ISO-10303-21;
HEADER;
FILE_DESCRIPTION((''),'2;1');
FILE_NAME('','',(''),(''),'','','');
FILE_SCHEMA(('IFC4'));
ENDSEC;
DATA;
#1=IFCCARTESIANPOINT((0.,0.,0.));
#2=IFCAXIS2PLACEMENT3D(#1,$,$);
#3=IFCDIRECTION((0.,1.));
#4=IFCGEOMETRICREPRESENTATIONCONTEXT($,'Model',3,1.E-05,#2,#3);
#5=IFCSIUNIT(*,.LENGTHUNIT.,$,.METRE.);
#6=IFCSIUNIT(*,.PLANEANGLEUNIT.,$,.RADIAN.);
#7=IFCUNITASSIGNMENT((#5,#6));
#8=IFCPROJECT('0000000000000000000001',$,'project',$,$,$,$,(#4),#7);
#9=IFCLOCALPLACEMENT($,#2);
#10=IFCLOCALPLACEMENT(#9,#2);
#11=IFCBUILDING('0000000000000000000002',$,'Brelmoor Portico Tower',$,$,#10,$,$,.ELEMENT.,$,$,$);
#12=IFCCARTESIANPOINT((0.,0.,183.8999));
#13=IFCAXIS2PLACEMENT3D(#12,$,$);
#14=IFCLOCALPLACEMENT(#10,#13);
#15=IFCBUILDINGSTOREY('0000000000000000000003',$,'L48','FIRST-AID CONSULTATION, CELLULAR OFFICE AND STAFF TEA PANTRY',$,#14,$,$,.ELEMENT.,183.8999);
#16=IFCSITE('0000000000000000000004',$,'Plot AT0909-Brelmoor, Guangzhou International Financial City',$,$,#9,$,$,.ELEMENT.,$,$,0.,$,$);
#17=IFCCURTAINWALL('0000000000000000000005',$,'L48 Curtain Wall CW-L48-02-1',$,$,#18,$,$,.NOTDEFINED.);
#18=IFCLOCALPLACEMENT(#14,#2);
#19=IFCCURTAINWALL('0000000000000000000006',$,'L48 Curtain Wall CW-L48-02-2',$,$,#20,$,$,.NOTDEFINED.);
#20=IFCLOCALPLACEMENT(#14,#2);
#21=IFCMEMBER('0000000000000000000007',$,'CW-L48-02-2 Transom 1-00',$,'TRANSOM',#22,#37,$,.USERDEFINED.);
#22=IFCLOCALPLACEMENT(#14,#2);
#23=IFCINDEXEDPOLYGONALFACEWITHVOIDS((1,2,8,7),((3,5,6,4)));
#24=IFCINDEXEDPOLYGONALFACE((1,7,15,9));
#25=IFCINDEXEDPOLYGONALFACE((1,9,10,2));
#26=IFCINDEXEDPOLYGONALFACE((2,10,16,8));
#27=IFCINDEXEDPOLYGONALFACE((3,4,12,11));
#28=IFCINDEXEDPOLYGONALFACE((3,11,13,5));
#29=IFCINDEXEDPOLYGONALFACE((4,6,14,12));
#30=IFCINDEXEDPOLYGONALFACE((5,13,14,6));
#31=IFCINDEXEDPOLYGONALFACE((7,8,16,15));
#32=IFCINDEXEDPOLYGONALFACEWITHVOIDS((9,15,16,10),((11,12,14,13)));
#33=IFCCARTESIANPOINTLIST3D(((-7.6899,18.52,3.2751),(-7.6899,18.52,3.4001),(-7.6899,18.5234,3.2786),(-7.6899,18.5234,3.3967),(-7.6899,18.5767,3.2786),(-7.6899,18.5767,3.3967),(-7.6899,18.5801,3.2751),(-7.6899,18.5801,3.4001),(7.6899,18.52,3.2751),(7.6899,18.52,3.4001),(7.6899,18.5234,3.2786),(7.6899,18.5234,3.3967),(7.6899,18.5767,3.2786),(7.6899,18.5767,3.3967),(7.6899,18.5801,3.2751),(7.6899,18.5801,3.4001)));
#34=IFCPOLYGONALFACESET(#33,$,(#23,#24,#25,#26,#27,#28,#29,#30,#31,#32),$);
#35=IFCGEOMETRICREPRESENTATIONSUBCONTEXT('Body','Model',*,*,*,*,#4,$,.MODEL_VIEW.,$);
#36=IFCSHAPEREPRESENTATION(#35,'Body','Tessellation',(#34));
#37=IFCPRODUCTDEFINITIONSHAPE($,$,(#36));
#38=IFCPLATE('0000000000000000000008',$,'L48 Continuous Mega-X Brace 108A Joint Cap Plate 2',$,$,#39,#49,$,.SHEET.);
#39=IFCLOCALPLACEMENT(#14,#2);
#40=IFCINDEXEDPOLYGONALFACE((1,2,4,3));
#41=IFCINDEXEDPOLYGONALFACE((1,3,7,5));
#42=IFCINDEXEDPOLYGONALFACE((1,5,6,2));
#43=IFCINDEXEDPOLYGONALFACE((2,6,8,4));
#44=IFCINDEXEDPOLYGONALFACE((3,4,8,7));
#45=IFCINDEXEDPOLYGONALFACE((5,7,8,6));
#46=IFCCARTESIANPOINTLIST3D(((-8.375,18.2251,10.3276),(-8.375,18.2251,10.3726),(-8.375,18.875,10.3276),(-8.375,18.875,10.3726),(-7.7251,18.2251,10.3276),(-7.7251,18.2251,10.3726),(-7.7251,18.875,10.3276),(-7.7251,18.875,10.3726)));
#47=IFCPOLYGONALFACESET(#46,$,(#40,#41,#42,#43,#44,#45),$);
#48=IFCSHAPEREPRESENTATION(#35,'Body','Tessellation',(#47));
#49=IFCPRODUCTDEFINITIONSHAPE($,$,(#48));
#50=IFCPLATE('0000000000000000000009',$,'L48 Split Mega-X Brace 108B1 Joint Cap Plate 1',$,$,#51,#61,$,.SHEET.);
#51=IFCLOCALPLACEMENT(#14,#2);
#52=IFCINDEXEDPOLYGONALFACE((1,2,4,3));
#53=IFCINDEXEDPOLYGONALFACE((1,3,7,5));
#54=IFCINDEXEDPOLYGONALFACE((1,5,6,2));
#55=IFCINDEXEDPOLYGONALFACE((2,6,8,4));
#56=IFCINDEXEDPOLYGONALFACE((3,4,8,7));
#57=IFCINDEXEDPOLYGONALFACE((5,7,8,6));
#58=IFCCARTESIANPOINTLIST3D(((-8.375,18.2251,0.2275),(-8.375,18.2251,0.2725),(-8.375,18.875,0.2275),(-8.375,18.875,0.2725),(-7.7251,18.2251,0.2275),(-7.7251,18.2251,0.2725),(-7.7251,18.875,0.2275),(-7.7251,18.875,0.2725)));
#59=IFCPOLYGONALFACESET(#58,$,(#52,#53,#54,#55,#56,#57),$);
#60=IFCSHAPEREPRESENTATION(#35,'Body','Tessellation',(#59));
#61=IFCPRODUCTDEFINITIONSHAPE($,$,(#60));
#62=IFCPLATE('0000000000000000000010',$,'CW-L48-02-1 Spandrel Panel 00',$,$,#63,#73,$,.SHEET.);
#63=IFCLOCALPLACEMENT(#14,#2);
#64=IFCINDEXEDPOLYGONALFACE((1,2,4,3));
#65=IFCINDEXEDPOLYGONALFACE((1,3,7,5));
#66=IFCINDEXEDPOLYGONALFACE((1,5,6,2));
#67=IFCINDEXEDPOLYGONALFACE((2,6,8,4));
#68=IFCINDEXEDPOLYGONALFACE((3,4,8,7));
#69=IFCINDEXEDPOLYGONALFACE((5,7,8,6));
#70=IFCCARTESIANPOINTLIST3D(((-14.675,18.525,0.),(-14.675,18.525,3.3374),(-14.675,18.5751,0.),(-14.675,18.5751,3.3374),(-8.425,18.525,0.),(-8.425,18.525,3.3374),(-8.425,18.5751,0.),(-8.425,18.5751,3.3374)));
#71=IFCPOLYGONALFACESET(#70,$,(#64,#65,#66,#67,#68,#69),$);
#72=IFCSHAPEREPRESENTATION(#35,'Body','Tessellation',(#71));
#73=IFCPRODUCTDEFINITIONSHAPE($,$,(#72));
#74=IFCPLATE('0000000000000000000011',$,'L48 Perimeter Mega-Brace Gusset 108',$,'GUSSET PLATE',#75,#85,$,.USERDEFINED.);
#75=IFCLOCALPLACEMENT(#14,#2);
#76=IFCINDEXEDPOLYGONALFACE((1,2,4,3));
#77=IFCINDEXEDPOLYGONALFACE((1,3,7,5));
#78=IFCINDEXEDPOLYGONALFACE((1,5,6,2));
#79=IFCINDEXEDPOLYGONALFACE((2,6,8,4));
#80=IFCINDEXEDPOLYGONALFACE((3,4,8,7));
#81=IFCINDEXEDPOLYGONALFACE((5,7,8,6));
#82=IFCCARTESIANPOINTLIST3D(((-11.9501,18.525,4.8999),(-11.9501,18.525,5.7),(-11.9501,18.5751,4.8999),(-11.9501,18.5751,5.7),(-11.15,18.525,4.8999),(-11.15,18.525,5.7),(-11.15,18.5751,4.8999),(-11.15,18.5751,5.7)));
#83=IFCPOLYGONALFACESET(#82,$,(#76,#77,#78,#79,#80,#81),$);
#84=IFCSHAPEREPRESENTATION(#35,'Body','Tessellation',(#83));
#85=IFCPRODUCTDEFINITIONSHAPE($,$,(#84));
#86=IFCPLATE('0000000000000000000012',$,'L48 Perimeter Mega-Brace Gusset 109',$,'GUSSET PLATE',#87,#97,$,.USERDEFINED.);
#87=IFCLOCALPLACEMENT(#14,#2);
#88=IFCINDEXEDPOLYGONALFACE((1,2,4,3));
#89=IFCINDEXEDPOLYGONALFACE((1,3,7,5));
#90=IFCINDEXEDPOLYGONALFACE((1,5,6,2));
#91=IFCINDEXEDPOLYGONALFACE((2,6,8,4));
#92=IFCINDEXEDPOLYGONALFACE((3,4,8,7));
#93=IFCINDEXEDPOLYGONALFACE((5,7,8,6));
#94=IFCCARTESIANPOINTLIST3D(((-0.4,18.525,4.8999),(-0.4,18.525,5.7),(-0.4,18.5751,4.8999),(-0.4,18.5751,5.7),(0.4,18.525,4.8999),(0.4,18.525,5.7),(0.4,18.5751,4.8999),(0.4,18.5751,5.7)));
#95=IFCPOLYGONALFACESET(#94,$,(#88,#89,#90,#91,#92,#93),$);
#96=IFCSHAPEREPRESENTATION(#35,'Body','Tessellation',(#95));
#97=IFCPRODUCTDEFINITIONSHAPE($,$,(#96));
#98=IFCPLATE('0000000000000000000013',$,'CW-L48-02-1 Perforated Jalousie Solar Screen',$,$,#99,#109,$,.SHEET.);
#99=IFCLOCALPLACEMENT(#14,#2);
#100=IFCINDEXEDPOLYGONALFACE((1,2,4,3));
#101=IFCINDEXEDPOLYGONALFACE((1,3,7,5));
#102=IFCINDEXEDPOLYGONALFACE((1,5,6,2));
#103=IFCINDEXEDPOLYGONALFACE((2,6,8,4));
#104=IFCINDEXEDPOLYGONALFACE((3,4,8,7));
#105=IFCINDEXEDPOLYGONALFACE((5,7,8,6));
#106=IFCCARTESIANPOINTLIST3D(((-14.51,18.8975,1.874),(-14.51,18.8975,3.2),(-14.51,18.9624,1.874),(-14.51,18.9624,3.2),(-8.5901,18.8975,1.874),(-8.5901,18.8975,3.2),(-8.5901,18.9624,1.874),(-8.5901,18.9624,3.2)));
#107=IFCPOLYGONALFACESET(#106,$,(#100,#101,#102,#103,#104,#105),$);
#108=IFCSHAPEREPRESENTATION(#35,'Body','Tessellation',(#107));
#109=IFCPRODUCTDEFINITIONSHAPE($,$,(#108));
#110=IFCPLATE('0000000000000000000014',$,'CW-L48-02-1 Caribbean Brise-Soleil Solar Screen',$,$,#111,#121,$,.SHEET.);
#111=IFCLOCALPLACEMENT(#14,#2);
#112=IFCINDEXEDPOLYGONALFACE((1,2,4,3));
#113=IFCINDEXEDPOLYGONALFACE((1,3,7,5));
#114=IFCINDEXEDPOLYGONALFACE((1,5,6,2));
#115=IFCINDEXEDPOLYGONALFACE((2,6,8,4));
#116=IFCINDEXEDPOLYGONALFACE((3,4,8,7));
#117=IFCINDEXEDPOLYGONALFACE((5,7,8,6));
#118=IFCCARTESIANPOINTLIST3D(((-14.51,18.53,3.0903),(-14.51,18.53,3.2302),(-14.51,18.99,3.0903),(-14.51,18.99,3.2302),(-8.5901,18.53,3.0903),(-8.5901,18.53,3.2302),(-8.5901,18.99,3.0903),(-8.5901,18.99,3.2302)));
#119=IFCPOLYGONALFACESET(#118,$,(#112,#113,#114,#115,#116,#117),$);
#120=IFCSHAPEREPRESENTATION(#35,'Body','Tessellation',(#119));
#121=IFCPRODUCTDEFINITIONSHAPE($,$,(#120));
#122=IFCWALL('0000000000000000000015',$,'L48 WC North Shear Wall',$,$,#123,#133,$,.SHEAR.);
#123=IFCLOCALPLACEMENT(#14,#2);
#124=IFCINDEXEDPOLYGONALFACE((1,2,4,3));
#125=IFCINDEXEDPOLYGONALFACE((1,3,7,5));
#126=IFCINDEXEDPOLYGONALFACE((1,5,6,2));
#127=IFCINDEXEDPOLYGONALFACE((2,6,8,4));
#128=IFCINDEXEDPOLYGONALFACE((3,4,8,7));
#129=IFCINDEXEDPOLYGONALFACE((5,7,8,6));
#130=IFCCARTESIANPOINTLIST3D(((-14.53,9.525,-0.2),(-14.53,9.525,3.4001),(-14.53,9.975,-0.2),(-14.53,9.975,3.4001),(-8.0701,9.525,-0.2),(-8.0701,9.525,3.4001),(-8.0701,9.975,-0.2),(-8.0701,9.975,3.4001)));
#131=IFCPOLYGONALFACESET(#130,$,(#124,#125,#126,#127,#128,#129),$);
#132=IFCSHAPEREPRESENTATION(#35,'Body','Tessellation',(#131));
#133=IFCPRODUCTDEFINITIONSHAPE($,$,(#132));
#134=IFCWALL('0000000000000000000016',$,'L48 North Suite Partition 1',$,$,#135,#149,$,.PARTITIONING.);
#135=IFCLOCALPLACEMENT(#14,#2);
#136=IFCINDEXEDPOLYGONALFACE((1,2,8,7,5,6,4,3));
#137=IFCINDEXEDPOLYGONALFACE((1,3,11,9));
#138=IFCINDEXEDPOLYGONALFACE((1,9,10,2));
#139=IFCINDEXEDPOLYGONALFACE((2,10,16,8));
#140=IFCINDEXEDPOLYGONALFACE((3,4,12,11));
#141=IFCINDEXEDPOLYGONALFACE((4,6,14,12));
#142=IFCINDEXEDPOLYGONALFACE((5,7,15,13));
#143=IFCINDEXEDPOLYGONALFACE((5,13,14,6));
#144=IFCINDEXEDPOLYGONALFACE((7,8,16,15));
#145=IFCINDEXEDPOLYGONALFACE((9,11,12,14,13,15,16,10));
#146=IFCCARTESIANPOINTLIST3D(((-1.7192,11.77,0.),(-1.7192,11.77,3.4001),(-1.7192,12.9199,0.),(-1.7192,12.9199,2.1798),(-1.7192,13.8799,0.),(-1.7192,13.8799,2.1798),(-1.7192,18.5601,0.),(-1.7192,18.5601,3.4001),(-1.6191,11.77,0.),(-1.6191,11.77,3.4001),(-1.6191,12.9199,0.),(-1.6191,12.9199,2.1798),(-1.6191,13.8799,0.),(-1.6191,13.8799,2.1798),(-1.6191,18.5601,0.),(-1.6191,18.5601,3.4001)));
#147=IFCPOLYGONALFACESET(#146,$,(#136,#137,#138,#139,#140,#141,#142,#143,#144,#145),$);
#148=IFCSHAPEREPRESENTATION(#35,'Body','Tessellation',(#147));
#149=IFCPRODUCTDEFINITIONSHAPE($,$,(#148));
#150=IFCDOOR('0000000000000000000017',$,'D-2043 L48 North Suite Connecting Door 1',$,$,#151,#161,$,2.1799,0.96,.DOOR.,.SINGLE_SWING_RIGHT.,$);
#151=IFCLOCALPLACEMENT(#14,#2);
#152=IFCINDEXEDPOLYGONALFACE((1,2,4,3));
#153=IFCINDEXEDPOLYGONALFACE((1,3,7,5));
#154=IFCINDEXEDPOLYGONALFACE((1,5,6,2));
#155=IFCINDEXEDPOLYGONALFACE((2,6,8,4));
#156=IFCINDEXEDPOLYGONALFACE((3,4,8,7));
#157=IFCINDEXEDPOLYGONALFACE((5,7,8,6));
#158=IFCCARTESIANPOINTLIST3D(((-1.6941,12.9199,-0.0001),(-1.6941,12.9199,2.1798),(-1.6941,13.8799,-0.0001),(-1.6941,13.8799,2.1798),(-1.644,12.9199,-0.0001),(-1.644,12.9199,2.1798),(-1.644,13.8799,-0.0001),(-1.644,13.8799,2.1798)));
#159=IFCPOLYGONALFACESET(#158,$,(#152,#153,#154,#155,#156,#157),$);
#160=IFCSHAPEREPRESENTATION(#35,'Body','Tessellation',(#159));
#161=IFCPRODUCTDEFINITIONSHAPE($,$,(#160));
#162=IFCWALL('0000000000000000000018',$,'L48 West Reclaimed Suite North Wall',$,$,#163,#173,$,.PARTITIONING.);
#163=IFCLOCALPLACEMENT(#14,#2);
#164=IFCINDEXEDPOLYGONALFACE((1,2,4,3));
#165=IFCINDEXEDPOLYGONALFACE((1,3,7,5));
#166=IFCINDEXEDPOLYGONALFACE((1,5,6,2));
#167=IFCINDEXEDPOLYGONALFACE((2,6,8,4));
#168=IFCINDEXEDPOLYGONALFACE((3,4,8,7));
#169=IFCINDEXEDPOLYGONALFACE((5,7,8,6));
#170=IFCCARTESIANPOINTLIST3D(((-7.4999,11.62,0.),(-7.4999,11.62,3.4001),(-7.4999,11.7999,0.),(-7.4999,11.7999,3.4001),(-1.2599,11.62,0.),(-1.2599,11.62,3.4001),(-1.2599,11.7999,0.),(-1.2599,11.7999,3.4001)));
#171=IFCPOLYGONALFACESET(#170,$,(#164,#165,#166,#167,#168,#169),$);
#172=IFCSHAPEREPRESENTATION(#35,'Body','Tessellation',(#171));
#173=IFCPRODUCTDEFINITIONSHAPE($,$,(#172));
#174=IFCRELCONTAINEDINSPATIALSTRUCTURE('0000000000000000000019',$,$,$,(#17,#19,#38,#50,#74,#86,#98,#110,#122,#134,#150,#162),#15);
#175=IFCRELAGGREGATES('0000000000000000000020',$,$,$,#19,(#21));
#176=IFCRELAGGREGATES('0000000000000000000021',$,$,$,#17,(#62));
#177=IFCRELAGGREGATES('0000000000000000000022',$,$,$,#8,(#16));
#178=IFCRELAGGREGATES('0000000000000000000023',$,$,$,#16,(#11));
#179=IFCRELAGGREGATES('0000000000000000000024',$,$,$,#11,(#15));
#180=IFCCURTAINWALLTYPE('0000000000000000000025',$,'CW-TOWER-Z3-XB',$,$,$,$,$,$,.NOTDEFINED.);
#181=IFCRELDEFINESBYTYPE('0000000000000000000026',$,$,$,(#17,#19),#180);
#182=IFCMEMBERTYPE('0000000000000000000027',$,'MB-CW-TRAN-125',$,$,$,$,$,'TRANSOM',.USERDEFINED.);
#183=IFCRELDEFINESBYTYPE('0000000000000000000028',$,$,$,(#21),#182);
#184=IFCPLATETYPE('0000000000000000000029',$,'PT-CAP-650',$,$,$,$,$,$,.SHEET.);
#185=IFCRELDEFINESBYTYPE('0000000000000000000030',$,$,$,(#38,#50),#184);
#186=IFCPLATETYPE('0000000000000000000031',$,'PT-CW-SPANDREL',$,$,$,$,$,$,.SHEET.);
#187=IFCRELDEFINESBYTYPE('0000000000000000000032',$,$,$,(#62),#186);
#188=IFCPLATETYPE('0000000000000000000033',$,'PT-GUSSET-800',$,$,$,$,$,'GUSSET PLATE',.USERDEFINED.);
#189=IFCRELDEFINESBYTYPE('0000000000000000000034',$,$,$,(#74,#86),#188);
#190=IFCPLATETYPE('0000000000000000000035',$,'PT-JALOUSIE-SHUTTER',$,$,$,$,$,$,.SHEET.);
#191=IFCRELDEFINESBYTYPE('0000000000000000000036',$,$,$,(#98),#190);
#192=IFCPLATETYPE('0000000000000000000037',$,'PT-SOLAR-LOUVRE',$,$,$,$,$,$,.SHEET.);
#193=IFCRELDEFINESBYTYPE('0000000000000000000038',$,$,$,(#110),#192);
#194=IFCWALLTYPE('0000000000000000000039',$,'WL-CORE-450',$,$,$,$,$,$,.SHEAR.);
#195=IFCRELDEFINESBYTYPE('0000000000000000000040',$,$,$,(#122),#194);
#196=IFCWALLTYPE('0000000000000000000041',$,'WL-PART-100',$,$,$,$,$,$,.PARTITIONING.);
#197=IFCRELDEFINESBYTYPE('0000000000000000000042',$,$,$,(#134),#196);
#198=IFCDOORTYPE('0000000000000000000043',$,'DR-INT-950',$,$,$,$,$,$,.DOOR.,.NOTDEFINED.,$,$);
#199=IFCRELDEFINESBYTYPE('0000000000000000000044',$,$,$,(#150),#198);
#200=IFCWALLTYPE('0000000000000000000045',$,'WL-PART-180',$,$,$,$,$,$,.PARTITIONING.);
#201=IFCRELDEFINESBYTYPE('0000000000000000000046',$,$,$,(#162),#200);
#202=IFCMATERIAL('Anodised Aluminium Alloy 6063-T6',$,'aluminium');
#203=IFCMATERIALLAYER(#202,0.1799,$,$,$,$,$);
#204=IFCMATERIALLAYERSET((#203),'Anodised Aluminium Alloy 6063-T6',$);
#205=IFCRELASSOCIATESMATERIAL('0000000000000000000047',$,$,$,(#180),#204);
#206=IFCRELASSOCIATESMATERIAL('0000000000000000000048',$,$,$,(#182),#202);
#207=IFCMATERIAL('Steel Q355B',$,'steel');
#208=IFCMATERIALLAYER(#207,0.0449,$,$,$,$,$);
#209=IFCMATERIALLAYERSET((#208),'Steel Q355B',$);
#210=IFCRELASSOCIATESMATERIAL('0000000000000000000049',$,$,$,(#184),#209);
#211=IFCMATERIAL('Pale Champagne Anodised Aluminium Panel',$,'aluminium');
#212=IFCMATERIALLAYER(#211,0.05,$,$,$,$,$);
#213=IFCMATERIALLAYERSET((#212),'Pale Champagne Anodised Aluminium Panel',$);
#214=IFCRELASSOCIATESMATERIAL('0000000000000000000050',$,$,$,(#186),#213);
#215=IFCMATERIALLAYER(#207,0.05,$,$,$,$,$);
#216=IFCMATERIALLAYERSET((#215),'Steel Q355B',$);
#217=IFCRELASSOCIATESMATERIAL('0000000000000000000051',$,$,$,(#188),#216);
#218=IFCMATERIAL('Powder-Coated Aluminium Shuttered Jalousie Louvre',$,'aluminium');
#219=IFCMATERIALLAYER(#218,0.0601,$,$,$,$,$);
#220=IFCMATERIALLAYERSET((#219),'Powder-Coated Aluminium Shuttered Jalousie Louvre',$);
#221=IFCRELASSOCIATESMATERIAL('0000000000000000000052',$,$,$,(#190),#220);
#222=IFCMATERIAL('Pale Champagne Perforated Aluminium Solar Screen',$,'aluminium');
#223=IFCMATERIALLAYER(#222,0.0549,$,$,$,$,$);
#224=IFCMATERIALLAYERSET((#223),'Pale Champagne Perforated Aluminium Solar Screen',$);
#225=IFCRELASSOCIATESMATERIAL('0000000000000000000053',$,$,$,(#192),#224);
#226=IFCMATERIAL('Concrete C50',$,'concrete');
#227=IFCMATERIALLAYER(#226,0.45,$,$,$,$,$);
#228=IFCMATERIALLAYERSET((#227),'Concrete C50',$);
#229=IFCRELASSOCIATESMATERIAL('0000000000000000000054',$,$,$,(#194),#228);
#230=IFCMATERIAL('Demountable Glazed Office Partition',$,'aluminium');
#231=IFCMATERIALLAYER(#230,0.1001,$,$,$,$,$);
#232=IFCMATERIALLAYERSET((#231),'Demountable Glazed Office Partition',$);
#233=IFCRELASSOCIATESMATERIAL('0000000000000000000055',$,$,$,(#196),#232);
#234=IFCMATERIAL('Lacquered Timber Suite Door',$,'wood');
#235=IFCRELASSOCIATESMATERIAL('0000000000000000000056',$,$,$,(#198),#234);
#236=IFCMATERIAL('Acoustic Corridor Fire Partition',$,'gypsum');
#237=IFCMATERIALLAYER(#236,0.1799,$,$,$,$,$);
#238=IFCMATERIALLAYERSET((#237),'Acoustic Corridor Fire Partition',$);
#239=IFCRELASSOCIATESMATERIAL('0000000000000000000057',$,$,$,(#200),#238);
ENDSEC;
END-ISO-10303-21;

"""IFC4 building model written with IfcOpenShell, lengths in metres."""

from ifc_helpers import new_model, si_unit, direction, frame, frame_2d, origin, origin_2d, place, context, subcontext, project, spatial, rectangle, hollow_rectangle, extrude, material, layer, layer_set, material_profile, profile_set, type_object, element, fill, aggregate, save


model = new_model("IFC4")

# Units and contexts
model_context = context("Model", 3, precision=1e-05, world=origin(), true_north=direction((0.0, 1.0)))
body_context = subcontext(model_context, "Body", "Model", "MODEL_VIEW")
ifc_project = project(units=[si_unit("LENGTHUNIT", "METRE"), si_unit("PLANEANGLEUNIT", "RADIAN")], contexts=[model_context])

# Site, building, storey
site_placement = place(None, origin())
site = spatial("IfcSite", under=ifc_project, at=site_placement, Name="Plot AT0909-Brelmoor, Guangzhou International Financial City", CompositionType="ELEMENT", RefElevation=0.0)
building_placement = place(site_placement, origin())
building = spatial("IfcBuilding", under=site, at=building_placement, Name="Brelmoor Portico Tower", CompositionType="ELEMENT")
storey_placement = place(building_placement, frame((0.0, 0.0, 183.8999)))
storey = spatial("IfcBuildingStorey", under=building, at=storey_placement, Name="L48", Description="FIRST-AID CONSULTATION, CELLULAR OFFICE AND STAFF TEA PANTRY", CompositionType="ELEMENT", Elevation=183.8999)

# Shared definitions
ifc_material_1 = material(Name="Steel Q355B", Category="steel")

# Curtain wall
ifc_material_2 = material(Name="Anodised Aluminium Alloy 6063-T6", Category="aluminium")
ifc_layer_1 = layer(ifc_material_2, 0.1799)
ifc_layer_set_1 = layer_set([ifc_layer_1], Name="Anodised Aluminium Alloy 6063-T6")
curtain_wall_type = type_object("IfcCurtainWallType", Name="CW-TOWER-Z3-XB", PredefinedType="NOTDEFINED", material=ifc_layer_set_1)
curtain_wall_1_placement = place(storey_placement, origin())
curtain_wall_1 = element("IfcCurtainWall", 1, at=curtain_wall_1_placement, inside=storey, type_object=curtain_wall_type, Name="L48 Curtain Wall CW-L48-02-1", PredefinedType="NOTDEFINED")

# Curtain wall, member
curtain_wall_2_placement = place(storey_placement, origin())
curtain_wall_2 = element("IfcCurtainWall", 2, at=curtain_wall_2_placement, inside=storey, type_object=curtain_wall_type, Name="L48 Curtain Wall CW-L48-02-2", PredefinedType="NOTDEFINED")
ifc_material_profile_1 = material_profile(ifc_material_2, hollow_rectangle(XDim=0.0601, YDim=0.125, WallThickness=0.0034, at=origin_2d()), Name="ALU TRANSOM 60x125")
ifc_profile_set_1 = profile_set([ifc_material_profile_1], Name="Anodised Aluminium Alloy 6063-T6")
member_type_1 = type_object("IfcMemberType", Name="MB-CW-TRAN-125", ElementType="TRANSOM", PredefinedType="USERDEFINED", material=ifc_profile_set_1)
member_1_placement = place(storey_placement, frame((-7.6899, 18.55, 3.3376), z_axis=(1.0, 0.0, 0.0), x_axis=(0.0, 1.0, 0.0)))
member_1 = element("IfcMember", 3, at=member_1_placement, type_object=member_type_1, Name="CW-L48-02-2 Transom 1-00", ObjectType="TRANSOM", PredefinedType="USERDEFINED", context=body_context, shape_type="SweptSolid", body=[
    extrude(hollow_rectangle(XDim=0.0601, YDim=0.125, WallThickness=0.0034, at=origin_2d()), origin(), (0.0, 0.0, 1.0), 15.3799),
])
aggregate(curtain_wall_2, [member_1])

# Plates
ifc_layer_2 = layer(ifc_material_1, 0.0449)
ifc_layer_set_2 = layer_set([ifc_layer_2], Name="Steel Q355B")
plate_type_1 = type_object("IfcPlateType", Name="PT-CAP-650", PredefinedType="SHEET", material=ifc_layer_set_2)
for number, where, z_axis, x_axis, name in (
    (4, (-8.05, 18.55, 10.3276), (0.0, 0.0, 1.0), (1.0, 0.0, 0.0), "L48 Continuous Mega-X Brace 108A Joint Cap Plate 2"),
    (5, (-8.05, 18.55, 0.2275), (0.0, 0.0, 1.0), (1.0, 0.0, 0.0), "L48 Split Mega-X Brace 108B1 Joint Cap Plate 1"),
):
    element("IfcPlate", number, at=place(storey_placement, frame(where, z_axis=z_axis, x_axis=x_axis)), inside=storey, type_object=plate_type_1, Name=name, PredefinedType="SHEET", context=body_context, shape_type="SweptSolid", body=[
        extrude(rectangle(XDim=0.6499, YDim=0.6499, at=origin_2d()), origin(), (0.0, 0.0, 1.0), 0.0449),
    ])

# Plate
ifc_material_3 = material(Name="Pale Champagne Anodised Aluminium Panel", Category="aluminium")
ifc_layer_3 = layer(ifc_material_3, 0.05)
ifc_layer_set_3 = layer_set([ifc_layer_3], Name="Pale Champagne Anodised Aluminium Panel")
plate_type_2 = type_object("IfcPlateType", Name="PT-CW-SPANDREL", PredefinedType="SHEET", material=ifc_layer_set_3)
plate_1_placement = place(storey_placement, frame((-11.55, 18.55, 0.0), z_axis=(0.0, 0.0, 1.0), x_axis=(1.0, 0.0, 0.0)))
plate_1 = element("IfcPlate", 6, at=plate_1_placement, type_object=plate_type_2, Name="CW-L48-02-1 Spandrel Panel 00", PredefinedType="SHEET", context=body_context, shape_type="SweptSolid", body=[
    extrude(rectangle(XDim=6.25, YDim=0.05, at=origin_2d()), origin(), (0.0, 0.0, 1.0), 3.3374),
])
aggregate(curtain_wall_1, [plate_1])

# Plates
ifc_layer_4 = layer(ifc_material_1, 0.05)
ifc_layer_set_4 = layer_set([ifc_layer_4], Name="Steel Q355B")
plate_type_3 = type_object("IfcPlateType", Name="PT-GUSSET-800", ElementType="GUSSET PLATE", PredefinedType="USERDEFINED", material=ifc_layer_set_4)
for number, where, z_axis, x_axis, name in (
    (7, (-11.55, 18.55, 4.8999), (0.0, 0.0, 1.0), (1.0, 0.0, 0.0), "L48 Perimeter Mega-Brace Gusset 108"),
    (8, (0.0, 18.55, 4.8999), (0.0, 0.0, 1.0), (1.0, 0.0, 0.0), "L48 Perimeter Mega-Brace Gusset 109"),
):
    element("IfcPlate", number, at=place(storey_placement, frame(where, z_axis=z_axis, x_axis=x_axis)), inside=storey, type_object=plate_type_3, Name=name, ObjectType="GUSSET PLATE", PredefinedType="USERDEFINED", context=body_context, shape_type="SweptSolid", body=[
        extrude(rectangle(XDim=0.8, YDim=0.05, at=origin_2d()), origin(), (0.0, 0.0, 1.0), 0.8),
    ])
ifc_material_4 = material(Name="Powder-Coated Aluminium Shuttered Jalousie Louvre", Category="aluminium")
ifc_layer_5 = layer(ifc_material_4, 0.0601)
ifc_layer_set_5 = layer_set([ifc_layer_5], Name="Powder-Coated Aluminium Shuttered Jalousie Louvre")
plate_type_4 = type_object("IfcPlateType", Name="PT-JALOUSIE-SHUTTER", PredefinedType="SHEET", material=ifc_layer_set_5)
plate_2_placement = place(storey_placement, frame((-11.55, 18.9299, 1.874), z_axis=(0.0, 0.0, 1.0), x_axis=(1.0, 0.0, 0.0)))
element("IfcPlate", 9, at=plate_2_placement, inside=storey, type_object=plate_type_4, Name="CW-L48-02-1 Perforated Jalousie Solar Screen", PredefinedType="SHEET", context=body_context, shape_type="SweptSolid", body=[
    extrude(rectangle(XDim=5.9199, YDim=0.0649, at=origin_2d()), origin(), (0.0, 0.0, 1.0), 1.3259),
])
ifc_material_5 = material(Name="Pale Champagne Perforated Aluminium Solar Screen", Category="aluminium")
ifc_layer_6 = layer(ifc_material_5, 0.0549)
ifc_layer_set_6 = layer_set([ifc_layer_6], Name="Pale Champagne Perforated Aluminium Solar Screen")
plate_type_5 = type_object("IfcPlateType", Name="PT-SOLAR-LOUVRE", PredefinedType="SHEET", material=ifc_layer_set_6)
plate_3_placement = place(storey_placement, frame((-11.55, 18.76, 3.0903), z_axis=(0.0, 0.0, 1.0), x_axis=(1.0, 0.0, 0.0)))
element("IfcPlate", 10, at=plate_3_placement, inside=storey, type_object=plate_type_5, Name="CW-L48-02-1 Caribbean Brise-Soleil Solar Screen", PredefinedType="SHEET", context=body_context, shape_type="SweptSolid", body=[
    extrude(rectangle(XDim=5.9199, YDim=0.46, at=origin_2d()), origin(), (0.0, 0.0, 1.0), 0.1399),
])

# Wall
ifc_material_6 = material(Name="Concrete C50", Category="concrete")
ifc_layer_7 = layer(ifc_material_6, 0.45)
ifc_layer_set_7 = layer_set([ifc_layer_7], Name="Concrete C50")
wall_type_1 = type_object("IfcWallType", Name="WL-CORE-450", PredefinedType="SHEAR", material=ifc_layer_set_7)
wall_1_placement = place(storey_placement, frame((-14.53, 9.75, -0.2), z_axis=(0.0, 0.0, 1.0), x_axis=(1.0, 0.0, 0.0)))
element("IfcWall", 11, at=wall_1_placement, inside=storey, type_object=wall_type_1, Name="L48 WC North Shear Wall", PredefinedType="SHEAR", context=body_context, shape_type="SweptSolid", body=[
    extrude(rectangle(XDim=6.46, YDim=0.45, at=frame_2d((3.23, 0.0))), origin(), (0.0, 0.0, 1.0), 3.6001),
])

# Wall, opening, door
ifc_material_7 = material(Name="Demountable Glazed Office Partition", Category="aluminium")
ifc_layer_8 = layer(ifc_material_7, 0.1001)
ifc_layer_set_8 = layer_set([ifc_layer_8], Name="Demountable Glazed Office Partition")
wall_type_2 = type_object("IfcWallType", Name="WL-PART-100", PredefinedType="PARTITIONING", material=ifc_layer_set_8)
wall_2_placement = place(storey_placement, frame((-1.6692, 11.77, 0.0), z_axis=(0.0, 0.0, 1.0), x_axis=(0.0, 1.0, 0.0)))
wall_2 = element("IfcWall", 12, at=wall_2_placement, inside=storey, type_object=wall_type_2, Name="L48 North Suite Partition 1", PredefinedType="PARTITIONING", context=body_context, shape_type="SweptSolid", body=[
    extrude(rectangle(XDim=6.79, YDim=0.1001, at=frame_2d((3.395, 0.0))), origin(), (0.0, 0.0, 1.0), 3.4001),
])
opening_1_placement = place(wall_2_placement, frame((1.1499, 0.0, 0.0)))
opening_1 = element("IfcOpeningElement", 13, at=opening_1_placement, cuts=wall_2, PredefinedType="OPENING", context=body_context, shape_type="SweptSolid", body=[
    extrude(rectangle(XDim=0.96, YDim=2.1799, at=frame_2d((0.48, 1.0898))), frame((0.0, 0.0601, 0.0), z_axis=(0.0, -1.0, 0.0), x_axis=(1.0, 0.0, 0.0)), (0.0, 0.0, 1.0), 0.1201),
])
ifc_material_8 = material(Name="Lacquered Timber Suite Door", Category="wood")
door_type_1 = type_object("IfcDoorType", Name="DR-INT-950", OperationType="NOTDEFINED", PredefinedType="DOOR", material=ifc_material_8)
door_1_placement = place(opening_1_placement, origin())
door_1 = element("IfcDoor", 14, at=door_1_placement, inside=storey, type_object=door_type_1, Name="D-2043 L48 North Suite Connecting Door 1", OperationType="SINGLE_SWING_RIGHT", OverallHeight=2.1799, OverallWidth=0.96, PredefinedType="DOOR", context=body_context, shape_type="SweptSolid", body=[
    extrude(rectangle(XDim=0.96, YDim=2.1799, at=frame_2d((0.48, 1.0898))), frame((0.0, 0.0249, 0.0), z_axis=(0.0, -1.0, 0.0), x_axis=(1.0, 0.0, 0.0)), (0.0, 0.0, 1.0), 0.05),
])
fill(opening_1, door_1)

# Wall
ifc_material_9 = material(Name="Acoustic Corridor Fire Partition", Category="gypsum")
ifc_layer_9 = layer(ifc_material_9, 0.1799)
ifc_layer_set_9 = layer_set([ifc_layer_9], Name="Acoustic Corridor Fire Partition")
wall_type_3 = type_object("IfcWallType", Name="WL-PART-180", PredefinedType="PARTITIONING", material=ifc_layer_set_9)
wall_3_placement = place(storey_placement, frame((-7.5, 11.71, 0.0), z_axis=(0.0, 0.0, 1.0), x_axis=(1.0, 0.0, 0.0)))
element("IfcWall", 15, at=wall_3_placement, inside=storey, type_object=wall_type_3, Name="L48 West Reclaimed Suite North Wall", PredefinedType="PARTITIONING", context=body_context, shape_type="SweptSolid", body=[
    extrude(rectangle(XDim=6.24, YDim=0.1799, at=frame_2d((3.1201, 0.0))), origin(), (0.0, 0.0, 1.0), 3.4001),
])

save(model, "model.ifc")
